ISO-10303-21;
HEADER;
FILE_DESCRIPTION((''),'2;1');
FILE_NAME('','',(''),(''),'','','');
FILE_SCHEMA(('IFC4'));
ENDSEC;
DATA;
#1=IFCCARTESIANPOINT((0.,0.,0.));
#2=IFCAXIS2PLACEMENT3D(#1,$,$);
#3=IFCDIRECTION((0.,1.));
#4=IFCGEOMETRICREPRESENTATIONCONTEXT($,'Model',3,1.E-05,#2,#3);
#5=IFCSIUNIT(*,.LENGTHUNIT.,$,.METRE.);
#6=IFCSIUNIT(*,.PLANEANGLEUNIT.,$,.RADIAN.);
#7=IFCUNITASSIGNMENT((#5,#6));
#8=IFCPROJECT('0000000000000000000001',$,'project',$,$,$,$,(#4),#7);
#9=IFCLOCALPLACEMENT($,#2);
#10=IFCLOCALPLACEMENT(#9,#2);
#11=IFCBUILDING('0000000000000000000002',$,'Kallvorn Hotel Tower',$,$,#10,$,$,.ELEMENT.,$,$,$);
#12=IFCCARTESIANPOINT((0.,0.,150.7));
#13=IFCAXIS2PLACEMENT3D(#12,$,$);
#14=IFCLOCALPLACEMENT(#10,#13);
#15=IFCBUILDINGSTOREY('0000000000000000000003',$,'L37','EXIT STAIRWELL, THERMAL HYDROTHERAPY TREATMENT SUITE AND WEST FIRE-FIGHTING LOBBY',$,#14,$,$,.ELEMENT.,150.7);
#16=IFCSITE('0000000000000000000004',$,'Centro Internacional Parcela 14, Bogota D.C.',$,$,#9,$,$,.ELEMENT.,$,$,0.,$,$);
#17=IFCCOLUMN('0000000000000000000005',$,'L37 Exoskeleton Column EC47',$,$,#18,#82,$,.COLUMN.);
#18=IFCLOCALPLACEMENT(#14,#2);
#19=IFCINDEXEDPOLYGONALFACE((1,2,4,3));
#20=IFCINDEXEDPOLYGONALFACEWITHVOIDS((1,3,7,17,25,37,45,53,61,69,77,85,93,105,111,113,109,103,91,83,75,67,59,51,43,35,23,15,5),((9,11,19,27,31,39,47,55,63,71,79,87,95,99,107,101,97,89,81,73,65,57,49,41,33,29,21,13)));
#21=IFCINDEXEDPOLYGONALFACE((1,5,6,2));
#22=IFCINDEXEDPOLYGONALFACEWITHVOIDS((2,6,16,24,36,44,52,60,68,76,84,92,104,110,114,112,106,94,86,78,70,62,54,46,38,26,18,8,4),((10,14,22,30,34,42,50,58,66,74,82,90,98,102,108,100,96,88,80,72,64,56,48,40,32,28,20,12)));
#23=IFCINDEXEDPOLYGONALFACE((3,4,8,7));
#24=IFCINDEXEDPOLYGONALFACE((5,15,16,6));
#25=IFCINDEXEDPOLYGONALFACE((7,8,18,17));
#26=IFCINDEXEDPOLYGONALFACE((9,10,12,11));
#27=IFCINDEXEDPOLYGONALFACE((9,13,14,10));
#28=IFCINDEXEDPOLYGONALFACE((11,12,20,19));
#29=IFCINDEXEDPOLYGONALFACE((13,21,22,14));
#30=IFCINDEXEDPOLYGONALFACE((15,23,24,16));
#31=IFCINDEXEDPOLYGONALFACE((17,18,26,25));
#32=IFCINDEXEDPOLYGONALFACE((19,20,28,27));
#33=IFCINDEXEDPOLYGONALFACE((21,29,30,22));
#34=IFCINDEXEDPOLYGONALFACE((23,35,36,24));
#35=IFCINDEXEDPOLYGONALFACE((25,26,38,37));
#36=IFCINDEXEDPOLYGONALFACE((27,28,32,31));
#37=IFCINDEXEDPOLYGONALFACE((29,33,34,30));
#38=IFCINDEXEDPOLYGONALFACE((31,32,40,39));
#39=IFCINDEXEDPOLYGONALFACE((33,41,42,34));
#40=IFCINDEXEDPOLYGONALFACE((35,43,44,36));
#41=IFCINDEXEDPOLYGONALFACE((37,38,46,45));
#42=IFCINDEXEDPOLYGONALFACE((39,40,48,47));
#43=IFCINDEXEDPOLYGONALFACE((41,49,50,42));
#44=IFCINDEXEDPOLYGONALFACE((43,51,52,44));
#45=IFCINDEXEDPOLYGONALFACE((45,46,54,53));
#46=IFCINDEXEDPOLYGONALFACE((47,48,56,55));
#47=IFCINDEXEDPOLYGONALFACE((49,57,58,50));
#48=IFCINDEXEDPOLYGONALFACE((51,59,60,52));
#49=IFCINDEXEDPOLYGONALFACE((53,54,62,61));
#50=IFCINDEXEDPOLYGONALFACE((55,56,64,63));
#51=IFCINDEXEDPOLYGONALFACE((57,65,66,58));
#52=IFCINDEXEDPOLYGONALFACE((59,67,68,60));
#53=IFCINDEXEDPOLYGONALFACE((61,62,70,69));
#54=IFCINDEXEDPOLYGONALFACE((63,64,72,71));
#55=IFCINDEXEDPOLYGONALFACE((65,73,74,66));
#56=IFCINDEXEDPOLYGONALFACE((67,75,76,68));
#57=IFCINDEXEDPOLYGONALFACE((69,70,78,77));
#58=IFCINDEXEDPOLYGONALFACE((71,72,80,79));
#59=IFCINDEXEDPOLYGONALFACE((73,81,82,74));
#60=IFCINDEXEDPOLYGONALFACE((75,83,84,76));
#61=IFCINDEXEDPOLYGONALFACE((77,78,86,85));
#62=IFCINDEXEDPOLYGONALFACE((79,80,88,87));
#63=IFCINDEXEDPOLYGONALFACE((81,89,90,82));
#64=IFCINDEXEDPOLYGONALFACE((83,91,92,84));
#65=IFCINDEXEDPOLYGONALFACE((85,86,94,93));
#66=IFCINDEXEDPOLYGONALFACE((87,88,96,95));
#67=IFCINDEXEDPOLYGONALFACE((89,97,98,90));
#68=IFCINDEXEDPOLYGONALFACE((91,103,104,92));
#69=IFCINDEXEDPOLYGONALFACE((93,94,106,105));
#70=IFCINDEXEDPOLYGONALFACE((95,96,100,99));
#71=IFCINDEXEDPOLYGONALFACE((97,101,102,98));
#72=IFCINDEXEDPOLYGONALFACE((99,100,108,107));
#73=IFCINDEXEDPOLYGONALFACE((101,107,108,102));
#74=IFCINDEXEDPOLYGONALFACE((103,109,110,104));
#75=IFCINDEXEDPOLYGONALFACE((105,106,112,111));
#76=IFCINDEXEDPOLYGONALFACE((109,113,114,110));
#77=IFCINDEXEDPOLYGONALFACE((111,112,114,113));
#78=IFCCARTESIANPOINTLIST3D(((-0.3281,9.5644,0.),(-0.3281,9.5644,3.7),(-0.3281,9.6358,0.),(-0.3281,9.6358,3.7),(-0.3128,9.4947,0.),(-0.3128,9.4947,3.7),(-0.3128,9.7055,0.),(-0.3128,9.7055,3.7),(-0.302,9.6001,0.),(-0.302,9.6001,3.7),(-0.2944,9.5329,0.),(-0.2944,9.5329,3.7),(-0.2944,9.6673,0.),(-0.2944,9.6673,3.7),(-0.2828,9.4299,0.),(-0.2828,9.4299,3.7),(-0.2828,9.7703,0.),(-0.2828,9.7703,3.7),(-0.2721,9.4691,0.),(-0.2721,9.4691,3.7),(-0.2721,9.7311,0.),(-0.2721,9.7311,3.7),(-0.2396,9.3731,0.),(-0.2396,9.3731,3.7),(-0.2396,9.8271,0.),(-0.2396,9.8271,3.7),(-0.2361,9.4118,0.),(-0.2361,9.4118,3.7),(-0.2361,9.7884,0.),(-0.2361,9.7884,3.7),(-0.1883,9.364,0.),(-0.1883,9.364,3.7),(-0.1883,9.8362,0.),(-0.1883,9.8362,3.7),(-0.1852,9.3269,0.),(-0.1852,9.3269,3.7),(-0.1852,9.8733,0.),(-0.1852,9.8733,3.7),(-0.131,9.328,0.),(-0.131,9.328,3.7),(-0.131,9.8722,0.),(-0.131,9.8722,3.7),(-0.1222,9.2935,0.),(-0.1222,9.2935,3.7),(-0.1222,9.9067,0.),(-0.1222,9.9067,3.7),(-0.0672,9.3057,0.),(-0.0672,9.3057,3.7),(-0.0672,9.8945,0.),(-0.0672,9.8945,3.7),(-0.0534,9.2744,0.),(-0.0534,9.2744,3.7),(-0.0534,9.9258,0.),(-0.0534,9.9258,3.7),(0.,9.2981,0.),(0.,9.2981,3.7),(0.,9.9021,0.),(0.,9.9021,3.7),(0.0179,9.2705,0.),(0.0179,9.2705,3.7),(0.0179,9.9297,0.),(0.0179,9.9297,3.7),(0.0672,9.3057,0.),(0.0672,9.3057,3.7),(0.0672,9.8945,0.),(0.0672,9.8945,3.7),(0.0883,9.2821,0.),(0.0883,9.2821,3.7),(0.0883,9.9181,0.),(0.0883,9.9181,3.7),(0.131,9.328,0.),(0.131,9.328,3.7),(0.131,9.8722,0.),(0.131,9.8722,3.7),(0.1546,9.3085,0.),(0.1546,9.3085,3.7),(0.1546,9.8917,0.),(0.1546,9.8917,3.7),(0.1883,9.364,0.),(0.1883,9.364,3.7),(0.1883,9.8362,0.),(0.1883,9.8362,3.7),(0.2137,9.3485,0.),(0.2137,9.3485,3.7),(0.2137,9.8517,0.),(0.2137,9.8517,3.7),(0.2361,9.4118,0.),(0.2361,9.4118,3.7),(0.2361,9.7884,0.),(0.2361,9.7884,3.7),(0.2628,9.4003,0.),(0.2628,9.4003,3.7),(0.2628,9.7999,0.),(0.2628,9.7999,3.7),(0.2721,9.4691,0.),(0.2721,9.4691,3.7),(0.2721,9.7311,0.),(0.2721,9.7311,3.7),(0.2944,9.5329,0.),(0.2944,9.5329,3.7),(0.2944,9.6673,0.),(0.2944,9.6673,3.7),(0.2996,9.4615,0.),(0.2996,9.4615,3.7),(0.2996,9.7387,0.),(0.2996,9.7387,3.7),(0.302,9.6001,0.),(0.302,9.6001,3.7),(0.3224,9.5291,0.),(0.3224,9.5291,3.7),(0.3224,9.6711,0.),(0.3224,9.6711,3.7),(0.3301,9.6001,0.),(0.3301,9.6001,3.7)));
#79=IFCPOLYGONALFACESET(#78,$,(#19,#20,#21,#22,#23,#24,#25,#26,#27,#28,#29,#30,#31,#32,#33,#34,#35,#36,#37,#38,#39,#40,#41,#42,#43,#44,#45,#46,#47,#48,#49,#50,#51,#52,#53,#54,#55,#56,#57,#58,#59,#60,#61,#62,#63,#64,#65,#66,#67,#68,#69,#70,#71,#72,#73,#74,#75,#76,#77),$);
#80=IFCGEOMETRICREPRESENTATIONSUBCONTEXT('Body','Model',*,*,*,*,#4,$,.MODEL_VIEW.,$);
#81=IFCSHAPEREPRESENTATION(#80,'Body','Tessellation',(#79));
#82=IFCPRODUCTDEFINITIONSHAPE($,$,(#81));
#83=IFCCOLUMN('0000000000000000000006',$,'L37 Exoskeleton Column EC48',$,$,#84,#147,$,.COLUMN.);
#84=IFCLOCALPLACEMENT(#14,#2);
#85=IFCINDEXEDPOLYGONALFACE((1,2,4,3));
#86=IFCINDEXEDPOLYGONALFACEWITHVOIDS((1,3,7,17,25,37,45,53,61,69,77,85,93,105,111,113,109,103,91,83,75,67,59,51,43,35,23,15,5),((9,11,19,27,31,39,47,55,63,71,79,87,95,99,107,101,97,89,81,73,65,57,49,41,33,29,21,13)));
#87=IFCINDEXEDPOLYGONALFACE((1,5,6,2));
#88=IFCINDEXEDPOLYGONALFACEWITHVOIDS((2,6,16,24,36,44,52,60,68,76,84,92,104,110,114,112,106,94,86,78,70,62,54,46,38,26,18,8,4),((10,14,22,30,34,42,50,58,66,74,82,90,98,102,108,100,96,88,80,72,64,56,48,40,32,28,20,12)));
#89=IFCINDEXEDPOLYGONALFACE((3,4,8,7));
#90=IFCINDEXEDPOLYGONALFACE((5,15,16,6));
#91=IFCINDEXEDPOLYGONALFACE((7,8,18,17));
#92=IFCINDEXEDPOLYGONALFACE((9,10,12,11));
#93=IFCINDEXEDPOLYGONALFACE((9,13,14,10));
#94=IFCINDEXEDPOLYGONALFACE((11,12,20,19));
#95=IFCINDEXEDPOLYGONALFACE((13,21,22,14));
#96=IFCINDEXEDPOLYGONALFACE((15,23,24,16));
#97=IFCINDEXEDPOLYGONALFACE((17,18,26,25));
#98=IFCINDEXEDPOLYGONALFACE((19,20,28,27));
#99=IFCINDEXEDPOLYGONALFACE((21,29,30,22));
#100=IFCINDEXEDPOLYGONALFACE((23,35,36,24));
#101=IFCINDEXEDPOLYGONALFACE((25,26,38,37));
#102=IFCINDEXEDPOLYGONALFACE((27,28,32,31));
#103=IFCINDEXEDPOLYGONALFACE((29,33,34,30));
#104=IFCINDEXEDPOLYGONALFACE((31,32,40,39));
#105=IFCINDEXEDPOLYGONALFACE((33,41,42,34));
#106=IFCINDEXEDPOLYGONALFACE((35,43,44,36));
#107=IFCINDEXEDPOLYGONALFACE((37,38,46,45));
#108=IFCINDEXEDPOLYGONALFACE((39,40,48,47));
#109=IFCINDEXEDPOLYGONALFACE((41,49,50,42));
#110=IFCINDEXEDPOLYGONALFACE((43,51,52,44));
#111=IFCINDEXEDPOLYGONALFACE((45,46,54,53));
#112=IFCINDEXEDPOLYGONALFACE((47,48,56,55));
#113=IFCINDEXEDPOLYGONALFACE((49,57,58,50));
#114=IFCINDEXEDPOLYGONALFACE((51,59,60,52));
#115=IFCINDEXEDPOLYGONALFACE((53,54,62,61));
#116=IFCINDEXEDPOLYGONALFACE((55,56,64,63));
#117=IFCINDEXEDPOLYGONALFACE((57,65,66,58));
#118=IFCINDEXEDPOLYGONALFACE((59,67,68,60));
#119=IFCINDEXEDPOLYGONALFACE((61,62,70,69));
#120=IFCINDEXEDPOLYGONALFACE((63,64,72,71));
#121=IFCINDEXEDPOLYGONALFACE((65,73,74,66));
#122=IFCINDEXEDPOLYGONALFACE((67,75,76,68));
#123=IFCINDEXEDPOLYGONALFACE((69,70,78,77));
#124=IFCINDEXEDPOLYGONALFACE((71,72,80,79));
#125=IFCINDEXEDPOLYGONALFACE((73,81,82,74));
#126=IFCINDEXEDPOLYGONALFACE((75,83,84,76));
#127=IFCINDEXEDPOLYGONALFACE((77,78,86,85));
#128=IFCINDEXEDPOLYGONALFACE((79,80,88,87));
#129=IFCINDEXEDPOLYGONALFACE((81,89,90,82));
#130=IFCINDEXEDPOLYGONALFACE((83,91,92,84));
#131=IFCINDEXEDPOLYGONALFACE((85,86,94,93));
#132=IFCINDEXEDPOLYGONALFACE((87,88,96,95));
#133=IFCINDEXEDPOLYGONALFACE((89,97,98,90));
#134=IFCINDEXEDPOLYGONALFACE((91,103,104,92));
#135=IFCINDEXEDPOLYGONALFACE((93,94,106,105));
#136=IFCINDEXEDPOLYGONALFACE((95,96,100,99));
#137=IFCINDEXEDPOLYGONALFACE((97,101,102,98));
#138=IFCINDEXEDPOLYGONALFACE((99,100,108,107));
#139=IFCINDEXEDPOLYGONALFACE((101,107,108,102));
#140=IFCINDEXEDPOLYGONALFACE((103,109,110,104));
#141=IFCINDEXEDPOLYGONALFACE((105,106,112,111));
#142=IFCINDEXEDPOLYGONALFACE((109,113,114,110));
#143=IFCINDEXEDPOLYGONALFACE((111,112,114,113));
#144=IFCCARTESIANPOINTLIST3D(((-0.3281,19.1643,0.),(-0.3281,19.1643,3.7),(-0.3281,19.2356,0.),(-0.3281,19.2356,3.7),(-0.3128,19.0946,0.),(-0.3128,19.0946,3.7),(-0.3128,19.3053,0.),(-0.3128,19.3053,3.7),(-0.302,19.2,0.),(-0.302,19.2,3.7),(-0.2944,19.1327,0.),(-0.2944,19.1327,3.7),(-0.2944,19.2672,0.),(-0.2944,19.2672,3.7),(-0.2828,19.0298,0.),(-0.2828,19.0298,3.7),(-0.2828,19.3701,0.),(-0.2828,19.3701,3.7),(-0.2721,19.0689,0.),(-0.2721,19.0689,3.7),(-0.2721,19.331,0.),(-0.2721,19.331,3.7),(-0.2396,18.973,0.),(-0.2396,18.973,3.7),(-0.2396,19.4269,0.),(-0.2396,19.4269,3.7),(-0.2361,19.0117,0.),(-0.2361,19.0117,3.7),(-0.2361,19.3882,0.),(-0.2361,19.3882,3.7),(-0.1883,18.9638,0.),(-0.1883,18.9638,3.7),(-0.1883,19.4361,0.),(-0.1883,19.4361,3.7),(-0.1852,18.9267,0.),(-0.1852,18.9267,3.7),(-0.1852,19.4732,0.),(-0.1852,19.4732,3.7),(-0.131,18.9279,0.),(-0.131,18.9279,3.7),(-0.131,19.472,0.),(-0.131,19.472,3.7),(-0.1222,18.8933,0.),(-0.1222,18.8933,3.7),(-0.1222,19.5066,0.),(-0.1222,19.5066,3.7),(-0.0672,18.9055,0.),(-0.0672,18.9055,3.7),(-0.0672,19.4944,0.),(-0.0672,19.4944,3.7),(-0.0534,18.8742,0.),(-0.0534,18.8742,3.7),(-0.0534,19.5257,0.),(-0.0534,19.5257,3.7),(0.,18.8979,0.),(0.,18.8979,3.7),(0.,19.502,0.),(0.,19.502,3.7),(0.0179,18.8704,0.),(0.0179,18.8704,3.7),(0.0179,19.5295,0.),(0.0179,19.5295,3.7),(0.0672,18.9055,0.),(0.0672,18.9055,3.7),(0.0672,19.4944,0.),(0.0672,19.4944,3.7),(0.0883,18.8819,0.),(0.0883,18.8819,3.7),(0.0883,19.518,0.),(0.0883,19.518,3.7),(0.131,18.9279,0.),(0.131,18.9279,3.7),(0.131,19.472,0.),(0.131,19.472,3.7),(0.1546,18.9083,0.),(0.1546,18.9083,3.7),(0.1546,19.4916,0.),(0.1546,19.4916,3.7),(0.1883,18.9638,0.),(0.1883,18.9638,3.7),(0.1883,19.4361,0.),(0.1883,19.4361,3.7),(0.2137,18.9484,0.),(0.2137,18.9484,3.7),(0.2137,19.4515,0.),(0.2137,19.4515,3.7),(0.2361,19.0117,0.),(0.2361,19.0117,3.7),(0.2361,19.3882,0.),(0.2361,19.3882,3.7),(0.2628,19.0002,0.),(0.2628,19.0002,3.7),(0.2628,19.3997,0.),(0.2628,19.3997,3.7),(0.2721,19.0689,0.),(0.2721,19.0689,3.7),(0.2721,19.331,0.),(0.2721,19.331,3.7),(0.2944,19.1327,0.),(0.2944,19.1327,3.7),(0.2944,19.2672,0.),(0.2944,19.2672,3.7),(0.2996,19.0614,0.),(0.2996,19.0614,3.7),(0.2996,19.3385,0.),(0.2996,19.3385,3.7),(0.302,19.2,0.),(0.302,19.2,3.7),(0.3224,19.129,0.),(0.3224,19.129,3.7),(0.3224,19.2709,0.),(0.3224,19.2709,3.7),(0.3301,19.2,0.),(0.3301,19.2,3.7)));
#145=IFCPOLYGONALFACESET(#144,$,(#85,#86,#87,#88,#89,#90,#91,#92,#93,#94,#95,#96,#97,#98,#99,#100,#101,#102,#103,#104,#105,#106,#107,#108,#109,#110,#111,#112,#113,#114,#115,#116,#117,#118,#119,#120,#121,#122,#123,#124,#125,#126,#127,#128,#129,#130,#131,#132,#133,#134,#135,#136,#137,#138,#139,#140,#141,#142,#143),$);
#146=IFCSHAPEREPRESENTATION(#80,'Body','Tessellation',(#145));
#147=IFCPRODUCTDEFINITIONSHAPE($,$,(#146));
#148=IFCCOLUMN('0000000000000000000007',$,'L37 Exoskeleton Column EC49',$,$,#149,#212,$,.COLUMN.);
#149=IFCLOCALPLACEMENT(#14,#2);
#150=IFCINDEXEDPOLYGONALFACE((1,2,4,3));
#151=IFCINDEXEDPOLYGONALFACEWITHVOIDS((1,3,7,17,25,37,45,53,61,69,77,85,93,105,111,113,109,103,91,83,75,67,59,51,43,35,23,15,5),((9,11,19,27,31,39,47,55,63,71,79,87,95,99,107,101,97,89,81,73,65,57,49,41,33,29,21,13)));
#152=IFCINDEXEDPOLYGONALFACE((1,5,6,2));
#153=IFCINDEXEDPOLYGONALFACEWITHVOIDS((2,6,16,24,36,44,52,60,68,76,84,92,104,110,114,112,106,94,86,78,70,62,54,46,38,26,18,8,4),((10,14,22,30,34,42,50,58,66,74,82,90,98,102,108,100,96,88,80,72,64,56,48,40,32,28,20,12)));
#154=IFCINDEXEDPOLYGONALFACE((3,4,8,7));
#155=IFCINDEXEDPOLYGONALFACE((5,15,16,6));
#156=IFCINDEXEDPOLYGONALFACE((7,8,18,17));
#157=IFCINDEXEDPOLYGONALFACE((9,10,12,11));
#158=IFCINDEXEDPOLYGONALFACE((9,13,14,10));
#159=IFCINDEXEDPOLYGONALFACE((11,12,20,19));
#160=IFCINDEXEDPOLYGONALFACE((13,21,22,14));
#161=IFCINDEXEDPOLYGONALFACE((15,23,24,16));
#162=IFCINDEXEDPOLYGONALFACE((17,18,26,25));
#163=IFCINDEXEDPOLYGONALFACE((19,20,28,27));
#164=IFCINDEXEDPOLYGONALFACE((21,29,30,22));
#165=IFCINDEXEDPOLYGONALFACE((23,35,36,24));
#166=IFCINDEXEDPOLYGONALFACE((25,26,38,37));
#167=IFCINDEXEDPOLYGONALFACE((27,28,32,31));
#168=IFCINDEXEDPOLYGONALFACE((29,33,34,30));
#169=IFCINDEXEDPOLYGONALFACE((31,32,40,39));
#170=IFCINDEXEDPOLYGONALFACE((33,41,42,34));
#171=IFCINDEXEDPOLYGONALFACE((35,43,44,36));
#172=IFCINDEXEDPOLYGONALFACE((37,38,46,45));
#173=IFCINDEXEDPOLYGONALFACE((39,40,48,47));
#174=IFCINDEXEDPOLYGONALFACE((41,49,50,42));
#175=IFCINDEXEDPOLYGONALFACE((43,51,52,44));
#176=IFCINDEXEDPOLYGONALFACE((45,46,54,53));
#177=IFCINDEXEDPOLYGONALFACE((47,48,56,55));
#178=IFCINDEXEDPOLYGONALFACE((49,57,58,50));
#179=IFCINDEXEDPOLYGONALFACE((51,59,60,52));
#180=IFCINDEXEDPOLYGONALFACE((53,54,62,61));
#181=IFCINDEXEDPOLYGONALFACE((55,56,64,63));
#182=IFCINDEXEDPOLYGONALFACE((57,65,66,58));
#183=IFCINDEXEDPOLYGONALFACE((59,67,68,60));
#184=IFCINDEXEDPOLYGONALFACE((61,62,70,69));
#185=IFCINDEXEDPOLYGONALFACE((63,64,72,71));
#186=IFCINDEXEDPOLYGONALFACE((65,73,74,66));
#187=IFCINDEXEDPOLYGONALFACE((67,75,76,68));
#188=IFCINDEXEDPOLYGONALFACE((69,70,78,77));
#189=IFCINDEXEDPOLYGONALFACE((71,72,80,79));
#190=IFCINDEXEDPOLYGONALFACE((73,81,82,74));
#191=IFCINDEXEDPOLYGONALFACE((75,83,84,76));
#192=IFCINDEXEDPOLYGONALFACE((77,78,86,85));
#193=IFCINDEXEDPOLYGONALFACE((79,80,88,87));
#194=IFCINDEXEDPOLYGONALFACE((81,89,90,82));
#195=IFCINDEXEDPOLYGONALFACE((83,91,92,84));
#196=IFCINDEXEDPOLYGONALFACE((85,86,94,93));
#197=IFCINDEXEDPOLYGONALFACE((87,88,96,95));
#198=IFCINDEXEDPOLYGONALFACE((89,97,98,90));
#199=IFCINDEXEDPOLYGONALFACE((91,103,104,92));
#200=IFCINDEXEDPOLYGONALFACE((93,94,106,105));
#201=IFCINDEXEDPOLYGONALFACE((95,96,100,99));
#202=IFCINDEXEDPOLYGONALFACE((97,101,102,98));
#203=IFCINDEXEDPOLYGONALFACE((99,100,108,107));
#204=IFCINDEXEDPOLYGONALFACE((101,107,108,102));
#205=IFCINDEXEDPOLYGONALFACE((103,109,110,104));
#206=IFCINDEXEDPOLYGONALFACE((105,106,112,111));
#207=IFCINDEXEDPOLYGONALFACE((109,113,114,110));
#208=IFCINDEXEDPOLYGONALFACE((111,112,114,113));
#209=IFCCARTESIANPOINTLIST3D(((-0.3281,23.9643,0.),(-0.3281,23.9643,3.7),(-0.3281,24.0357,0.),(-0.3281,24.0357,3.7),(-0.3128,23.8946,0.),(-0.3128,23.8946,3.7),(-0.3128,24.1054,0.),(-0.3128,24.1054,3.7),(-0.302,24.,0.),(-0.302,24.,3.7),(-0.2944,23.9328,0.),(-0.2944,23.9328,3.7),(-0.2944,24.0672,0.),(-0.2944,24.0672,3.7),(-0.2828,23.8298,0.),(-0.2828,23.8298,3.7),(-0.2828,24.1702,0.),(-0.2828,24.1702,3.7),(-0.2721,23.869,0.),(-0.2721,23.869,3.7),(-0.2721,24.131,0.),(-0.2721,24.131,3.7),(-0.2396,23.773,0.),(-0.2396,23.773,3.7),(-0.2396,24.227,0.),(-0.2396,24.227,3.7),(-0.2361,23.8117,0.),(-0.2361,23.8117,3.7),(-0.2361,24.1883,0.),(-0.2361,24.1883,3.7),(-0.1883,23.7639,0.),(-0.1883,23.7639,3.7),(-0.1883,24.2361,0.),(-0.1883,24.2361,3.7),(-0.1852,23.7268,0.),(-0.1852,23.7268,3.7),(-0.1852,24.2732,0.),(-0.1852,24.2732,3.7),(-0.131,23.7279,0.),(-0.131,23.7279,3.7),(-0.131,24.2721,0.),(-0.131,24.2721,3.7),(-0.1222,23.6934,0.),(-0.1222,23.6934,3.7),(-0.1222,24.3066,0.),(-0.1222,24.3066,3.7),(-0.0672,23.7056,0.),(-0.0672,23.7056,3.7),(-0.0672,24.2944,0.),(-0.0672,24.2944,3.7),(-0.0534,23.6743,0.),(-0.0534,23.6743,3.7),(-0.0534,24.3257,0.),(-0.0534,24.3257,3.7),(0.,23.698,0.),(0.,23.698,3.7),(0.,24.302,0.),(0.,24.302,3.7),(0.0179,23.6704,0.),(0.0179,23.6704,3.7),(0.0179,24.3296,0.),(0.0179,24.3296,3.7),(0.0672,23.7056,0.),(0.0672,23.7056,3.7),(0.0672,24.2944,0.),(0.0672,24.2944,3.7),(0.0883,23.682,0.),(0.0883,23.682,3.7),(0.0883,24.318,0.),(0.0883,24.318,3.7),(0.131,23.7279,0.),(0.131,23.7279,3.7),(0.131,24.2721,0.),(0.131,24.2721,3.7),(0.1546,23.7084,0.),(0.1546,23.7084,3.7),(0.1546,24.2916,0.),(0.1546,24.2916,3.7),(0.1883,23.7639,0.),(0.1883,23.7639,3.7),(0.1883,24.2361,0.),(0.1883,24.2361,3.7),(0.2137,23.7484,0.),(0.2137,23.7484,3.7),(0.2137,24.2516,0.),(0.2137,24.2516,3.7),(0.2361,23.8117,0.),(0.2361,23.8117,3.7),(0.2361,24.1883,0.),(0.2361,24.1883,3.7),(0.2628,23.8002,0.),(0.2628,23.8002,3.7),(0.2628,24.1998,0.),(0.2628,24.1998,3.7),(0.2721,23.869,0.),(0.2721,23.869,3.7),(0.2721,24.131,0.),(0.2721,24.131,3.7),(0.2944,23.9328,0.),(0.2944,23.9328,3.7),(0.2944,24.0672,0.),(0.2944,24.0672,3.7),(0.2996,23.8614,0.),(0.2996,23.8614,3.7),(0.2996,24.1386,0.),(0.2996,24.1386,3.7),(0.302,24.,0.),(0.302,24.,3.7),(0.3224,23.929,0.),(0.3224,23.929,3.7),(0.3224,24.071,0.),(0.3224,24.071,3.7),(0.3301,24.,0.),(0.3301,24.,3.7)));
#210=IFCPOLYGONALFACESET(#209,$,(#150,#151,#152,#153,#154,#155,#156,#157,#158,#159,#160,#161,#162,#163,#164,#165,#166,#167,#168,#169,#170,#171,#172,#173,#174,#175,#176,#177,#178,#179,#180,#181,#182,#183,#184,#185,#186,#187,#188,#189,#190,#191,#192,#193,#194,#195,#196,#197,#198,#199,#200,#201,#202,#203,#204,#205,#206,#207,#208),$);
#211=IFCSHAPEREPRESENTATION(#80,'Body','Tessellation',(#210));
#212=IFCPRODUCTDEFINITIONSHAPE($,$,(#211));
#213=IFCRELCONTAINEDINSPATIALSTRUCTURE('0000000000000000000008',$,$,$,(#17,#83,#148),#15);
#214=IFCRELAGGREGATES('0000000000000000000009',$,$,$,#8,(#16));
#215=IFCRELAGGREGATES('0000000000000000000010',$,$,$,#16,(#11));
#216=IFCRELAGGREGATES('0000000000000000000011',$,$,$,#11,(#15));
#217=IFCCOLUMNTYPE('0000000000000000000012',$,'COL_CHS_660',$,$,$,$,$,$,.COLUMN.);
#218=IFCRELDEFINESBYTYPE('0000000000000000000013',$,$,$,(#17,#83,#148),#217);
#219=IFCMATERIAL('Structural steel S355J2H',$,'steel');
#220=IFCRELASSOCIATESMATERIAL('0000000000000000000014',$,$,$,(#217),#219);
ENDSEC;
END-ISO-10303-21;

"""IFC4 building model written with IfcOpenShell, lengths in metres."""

from ifc_helpers import new_model, si_unit, direction, frame, origin, origin_2d, place, context, subcontext, project, spatial, hollow_circle, extrude, material, material_profile, profile_set, type_object, element, save


model = new_model("IFC4")

# Units and contexts
model_context = context("Model", 3, precision=1e-05, world=origin(), true_north=direction((0.0, 1.0)))
body_context = subcontext(model_context, "Body", "Model", "MODEL_VIEW")
ifc_project = project(units=[si_unit("LENGTHUNIT", "METRE"), si_unit("PLANEANGLEUNIT", "RADIAN")], contexts=[model_context])

# Site, building, storey
site_placement = place(None, origin())
site = spatial("IfcSite", under=ifc_project, at=site_placement, Name="Centro Internacional Parcela 14, Bogota D.C.", CompositionType="ELEMENT", RefElevation=0.0)
building_placement = place(site_placement, origin())
building = spatial("IfcBuilding", under=site, at=building_placement, Name="Kallvorn Hotel Tower", CompositionType="ELEMENT")
storey_placement = place(building_placement, frame((0.0, 0.0, 150.7)))
storey = spatial("IfcBuildingStorey", under=building, at=storey_placement, Name="L37", Description="EXIT STAIRWELL, THERMAL HYDROTHERAPY TREATMENT SUITE AND WEST FIRE-FIGHTING LOBBY", CompositionType="ELEMENT", Elevation=150.7)

# Columns
ifc_material_1 = material(Name="Structural steel S355J2H", Category="steel")
ifc_material_profile_1 = material_profile(ifc_material_1, hollow_circle(Radius=0.3301, WallThickness=0.0281, at=origin_2d()), Name="CHS 660x28")
ifc_profile_set_1 = profile_set([ifc_material_profile_1], Name="Structural steel S355J2H")
column_type_1 = type_object("IfcColumnType", Name="COL_CHS_660", PredefinedType="COLUMN", material=ifc_profile_set_1)
for number, where, z_axis, x_axis, name in (
    (1, (0.0, 9.6001, 0.0), (0.0, 0.0, 1.0), (1.0, 0.0, 0.0), "L37 Exoskeleton Column EC47"),
    (2, (0.0, 19.2, 0.0), (0.0, 0.0, 1.0), (1.0, 0.0, 0.0), "L37 Exoskeleton Column EC48"),
    (3, (0.0, 24.0, 0.0), (0.0, 0.0, 1.0), (1.0, 0.0, 0.0), "L37 Exoskeleton Column EC49"),
):
    element("IfcColumn", number, at=place(storey_placement, frame(where, z_axis=z_axis, x_axis=x_axis)), inside=storey, type_object=column_type_1, Name=name, PredefinedType="COLUMN", context=body_context, shape_type="SweptSolid", body=[
        extrude(hollow_circle(Radius=0.3301, WallThickness=0.0281, at=origin_2d()), origin(), (0.0, 0.0, 1.0), 3.7),
    ])

save(model, "model.ifc")
